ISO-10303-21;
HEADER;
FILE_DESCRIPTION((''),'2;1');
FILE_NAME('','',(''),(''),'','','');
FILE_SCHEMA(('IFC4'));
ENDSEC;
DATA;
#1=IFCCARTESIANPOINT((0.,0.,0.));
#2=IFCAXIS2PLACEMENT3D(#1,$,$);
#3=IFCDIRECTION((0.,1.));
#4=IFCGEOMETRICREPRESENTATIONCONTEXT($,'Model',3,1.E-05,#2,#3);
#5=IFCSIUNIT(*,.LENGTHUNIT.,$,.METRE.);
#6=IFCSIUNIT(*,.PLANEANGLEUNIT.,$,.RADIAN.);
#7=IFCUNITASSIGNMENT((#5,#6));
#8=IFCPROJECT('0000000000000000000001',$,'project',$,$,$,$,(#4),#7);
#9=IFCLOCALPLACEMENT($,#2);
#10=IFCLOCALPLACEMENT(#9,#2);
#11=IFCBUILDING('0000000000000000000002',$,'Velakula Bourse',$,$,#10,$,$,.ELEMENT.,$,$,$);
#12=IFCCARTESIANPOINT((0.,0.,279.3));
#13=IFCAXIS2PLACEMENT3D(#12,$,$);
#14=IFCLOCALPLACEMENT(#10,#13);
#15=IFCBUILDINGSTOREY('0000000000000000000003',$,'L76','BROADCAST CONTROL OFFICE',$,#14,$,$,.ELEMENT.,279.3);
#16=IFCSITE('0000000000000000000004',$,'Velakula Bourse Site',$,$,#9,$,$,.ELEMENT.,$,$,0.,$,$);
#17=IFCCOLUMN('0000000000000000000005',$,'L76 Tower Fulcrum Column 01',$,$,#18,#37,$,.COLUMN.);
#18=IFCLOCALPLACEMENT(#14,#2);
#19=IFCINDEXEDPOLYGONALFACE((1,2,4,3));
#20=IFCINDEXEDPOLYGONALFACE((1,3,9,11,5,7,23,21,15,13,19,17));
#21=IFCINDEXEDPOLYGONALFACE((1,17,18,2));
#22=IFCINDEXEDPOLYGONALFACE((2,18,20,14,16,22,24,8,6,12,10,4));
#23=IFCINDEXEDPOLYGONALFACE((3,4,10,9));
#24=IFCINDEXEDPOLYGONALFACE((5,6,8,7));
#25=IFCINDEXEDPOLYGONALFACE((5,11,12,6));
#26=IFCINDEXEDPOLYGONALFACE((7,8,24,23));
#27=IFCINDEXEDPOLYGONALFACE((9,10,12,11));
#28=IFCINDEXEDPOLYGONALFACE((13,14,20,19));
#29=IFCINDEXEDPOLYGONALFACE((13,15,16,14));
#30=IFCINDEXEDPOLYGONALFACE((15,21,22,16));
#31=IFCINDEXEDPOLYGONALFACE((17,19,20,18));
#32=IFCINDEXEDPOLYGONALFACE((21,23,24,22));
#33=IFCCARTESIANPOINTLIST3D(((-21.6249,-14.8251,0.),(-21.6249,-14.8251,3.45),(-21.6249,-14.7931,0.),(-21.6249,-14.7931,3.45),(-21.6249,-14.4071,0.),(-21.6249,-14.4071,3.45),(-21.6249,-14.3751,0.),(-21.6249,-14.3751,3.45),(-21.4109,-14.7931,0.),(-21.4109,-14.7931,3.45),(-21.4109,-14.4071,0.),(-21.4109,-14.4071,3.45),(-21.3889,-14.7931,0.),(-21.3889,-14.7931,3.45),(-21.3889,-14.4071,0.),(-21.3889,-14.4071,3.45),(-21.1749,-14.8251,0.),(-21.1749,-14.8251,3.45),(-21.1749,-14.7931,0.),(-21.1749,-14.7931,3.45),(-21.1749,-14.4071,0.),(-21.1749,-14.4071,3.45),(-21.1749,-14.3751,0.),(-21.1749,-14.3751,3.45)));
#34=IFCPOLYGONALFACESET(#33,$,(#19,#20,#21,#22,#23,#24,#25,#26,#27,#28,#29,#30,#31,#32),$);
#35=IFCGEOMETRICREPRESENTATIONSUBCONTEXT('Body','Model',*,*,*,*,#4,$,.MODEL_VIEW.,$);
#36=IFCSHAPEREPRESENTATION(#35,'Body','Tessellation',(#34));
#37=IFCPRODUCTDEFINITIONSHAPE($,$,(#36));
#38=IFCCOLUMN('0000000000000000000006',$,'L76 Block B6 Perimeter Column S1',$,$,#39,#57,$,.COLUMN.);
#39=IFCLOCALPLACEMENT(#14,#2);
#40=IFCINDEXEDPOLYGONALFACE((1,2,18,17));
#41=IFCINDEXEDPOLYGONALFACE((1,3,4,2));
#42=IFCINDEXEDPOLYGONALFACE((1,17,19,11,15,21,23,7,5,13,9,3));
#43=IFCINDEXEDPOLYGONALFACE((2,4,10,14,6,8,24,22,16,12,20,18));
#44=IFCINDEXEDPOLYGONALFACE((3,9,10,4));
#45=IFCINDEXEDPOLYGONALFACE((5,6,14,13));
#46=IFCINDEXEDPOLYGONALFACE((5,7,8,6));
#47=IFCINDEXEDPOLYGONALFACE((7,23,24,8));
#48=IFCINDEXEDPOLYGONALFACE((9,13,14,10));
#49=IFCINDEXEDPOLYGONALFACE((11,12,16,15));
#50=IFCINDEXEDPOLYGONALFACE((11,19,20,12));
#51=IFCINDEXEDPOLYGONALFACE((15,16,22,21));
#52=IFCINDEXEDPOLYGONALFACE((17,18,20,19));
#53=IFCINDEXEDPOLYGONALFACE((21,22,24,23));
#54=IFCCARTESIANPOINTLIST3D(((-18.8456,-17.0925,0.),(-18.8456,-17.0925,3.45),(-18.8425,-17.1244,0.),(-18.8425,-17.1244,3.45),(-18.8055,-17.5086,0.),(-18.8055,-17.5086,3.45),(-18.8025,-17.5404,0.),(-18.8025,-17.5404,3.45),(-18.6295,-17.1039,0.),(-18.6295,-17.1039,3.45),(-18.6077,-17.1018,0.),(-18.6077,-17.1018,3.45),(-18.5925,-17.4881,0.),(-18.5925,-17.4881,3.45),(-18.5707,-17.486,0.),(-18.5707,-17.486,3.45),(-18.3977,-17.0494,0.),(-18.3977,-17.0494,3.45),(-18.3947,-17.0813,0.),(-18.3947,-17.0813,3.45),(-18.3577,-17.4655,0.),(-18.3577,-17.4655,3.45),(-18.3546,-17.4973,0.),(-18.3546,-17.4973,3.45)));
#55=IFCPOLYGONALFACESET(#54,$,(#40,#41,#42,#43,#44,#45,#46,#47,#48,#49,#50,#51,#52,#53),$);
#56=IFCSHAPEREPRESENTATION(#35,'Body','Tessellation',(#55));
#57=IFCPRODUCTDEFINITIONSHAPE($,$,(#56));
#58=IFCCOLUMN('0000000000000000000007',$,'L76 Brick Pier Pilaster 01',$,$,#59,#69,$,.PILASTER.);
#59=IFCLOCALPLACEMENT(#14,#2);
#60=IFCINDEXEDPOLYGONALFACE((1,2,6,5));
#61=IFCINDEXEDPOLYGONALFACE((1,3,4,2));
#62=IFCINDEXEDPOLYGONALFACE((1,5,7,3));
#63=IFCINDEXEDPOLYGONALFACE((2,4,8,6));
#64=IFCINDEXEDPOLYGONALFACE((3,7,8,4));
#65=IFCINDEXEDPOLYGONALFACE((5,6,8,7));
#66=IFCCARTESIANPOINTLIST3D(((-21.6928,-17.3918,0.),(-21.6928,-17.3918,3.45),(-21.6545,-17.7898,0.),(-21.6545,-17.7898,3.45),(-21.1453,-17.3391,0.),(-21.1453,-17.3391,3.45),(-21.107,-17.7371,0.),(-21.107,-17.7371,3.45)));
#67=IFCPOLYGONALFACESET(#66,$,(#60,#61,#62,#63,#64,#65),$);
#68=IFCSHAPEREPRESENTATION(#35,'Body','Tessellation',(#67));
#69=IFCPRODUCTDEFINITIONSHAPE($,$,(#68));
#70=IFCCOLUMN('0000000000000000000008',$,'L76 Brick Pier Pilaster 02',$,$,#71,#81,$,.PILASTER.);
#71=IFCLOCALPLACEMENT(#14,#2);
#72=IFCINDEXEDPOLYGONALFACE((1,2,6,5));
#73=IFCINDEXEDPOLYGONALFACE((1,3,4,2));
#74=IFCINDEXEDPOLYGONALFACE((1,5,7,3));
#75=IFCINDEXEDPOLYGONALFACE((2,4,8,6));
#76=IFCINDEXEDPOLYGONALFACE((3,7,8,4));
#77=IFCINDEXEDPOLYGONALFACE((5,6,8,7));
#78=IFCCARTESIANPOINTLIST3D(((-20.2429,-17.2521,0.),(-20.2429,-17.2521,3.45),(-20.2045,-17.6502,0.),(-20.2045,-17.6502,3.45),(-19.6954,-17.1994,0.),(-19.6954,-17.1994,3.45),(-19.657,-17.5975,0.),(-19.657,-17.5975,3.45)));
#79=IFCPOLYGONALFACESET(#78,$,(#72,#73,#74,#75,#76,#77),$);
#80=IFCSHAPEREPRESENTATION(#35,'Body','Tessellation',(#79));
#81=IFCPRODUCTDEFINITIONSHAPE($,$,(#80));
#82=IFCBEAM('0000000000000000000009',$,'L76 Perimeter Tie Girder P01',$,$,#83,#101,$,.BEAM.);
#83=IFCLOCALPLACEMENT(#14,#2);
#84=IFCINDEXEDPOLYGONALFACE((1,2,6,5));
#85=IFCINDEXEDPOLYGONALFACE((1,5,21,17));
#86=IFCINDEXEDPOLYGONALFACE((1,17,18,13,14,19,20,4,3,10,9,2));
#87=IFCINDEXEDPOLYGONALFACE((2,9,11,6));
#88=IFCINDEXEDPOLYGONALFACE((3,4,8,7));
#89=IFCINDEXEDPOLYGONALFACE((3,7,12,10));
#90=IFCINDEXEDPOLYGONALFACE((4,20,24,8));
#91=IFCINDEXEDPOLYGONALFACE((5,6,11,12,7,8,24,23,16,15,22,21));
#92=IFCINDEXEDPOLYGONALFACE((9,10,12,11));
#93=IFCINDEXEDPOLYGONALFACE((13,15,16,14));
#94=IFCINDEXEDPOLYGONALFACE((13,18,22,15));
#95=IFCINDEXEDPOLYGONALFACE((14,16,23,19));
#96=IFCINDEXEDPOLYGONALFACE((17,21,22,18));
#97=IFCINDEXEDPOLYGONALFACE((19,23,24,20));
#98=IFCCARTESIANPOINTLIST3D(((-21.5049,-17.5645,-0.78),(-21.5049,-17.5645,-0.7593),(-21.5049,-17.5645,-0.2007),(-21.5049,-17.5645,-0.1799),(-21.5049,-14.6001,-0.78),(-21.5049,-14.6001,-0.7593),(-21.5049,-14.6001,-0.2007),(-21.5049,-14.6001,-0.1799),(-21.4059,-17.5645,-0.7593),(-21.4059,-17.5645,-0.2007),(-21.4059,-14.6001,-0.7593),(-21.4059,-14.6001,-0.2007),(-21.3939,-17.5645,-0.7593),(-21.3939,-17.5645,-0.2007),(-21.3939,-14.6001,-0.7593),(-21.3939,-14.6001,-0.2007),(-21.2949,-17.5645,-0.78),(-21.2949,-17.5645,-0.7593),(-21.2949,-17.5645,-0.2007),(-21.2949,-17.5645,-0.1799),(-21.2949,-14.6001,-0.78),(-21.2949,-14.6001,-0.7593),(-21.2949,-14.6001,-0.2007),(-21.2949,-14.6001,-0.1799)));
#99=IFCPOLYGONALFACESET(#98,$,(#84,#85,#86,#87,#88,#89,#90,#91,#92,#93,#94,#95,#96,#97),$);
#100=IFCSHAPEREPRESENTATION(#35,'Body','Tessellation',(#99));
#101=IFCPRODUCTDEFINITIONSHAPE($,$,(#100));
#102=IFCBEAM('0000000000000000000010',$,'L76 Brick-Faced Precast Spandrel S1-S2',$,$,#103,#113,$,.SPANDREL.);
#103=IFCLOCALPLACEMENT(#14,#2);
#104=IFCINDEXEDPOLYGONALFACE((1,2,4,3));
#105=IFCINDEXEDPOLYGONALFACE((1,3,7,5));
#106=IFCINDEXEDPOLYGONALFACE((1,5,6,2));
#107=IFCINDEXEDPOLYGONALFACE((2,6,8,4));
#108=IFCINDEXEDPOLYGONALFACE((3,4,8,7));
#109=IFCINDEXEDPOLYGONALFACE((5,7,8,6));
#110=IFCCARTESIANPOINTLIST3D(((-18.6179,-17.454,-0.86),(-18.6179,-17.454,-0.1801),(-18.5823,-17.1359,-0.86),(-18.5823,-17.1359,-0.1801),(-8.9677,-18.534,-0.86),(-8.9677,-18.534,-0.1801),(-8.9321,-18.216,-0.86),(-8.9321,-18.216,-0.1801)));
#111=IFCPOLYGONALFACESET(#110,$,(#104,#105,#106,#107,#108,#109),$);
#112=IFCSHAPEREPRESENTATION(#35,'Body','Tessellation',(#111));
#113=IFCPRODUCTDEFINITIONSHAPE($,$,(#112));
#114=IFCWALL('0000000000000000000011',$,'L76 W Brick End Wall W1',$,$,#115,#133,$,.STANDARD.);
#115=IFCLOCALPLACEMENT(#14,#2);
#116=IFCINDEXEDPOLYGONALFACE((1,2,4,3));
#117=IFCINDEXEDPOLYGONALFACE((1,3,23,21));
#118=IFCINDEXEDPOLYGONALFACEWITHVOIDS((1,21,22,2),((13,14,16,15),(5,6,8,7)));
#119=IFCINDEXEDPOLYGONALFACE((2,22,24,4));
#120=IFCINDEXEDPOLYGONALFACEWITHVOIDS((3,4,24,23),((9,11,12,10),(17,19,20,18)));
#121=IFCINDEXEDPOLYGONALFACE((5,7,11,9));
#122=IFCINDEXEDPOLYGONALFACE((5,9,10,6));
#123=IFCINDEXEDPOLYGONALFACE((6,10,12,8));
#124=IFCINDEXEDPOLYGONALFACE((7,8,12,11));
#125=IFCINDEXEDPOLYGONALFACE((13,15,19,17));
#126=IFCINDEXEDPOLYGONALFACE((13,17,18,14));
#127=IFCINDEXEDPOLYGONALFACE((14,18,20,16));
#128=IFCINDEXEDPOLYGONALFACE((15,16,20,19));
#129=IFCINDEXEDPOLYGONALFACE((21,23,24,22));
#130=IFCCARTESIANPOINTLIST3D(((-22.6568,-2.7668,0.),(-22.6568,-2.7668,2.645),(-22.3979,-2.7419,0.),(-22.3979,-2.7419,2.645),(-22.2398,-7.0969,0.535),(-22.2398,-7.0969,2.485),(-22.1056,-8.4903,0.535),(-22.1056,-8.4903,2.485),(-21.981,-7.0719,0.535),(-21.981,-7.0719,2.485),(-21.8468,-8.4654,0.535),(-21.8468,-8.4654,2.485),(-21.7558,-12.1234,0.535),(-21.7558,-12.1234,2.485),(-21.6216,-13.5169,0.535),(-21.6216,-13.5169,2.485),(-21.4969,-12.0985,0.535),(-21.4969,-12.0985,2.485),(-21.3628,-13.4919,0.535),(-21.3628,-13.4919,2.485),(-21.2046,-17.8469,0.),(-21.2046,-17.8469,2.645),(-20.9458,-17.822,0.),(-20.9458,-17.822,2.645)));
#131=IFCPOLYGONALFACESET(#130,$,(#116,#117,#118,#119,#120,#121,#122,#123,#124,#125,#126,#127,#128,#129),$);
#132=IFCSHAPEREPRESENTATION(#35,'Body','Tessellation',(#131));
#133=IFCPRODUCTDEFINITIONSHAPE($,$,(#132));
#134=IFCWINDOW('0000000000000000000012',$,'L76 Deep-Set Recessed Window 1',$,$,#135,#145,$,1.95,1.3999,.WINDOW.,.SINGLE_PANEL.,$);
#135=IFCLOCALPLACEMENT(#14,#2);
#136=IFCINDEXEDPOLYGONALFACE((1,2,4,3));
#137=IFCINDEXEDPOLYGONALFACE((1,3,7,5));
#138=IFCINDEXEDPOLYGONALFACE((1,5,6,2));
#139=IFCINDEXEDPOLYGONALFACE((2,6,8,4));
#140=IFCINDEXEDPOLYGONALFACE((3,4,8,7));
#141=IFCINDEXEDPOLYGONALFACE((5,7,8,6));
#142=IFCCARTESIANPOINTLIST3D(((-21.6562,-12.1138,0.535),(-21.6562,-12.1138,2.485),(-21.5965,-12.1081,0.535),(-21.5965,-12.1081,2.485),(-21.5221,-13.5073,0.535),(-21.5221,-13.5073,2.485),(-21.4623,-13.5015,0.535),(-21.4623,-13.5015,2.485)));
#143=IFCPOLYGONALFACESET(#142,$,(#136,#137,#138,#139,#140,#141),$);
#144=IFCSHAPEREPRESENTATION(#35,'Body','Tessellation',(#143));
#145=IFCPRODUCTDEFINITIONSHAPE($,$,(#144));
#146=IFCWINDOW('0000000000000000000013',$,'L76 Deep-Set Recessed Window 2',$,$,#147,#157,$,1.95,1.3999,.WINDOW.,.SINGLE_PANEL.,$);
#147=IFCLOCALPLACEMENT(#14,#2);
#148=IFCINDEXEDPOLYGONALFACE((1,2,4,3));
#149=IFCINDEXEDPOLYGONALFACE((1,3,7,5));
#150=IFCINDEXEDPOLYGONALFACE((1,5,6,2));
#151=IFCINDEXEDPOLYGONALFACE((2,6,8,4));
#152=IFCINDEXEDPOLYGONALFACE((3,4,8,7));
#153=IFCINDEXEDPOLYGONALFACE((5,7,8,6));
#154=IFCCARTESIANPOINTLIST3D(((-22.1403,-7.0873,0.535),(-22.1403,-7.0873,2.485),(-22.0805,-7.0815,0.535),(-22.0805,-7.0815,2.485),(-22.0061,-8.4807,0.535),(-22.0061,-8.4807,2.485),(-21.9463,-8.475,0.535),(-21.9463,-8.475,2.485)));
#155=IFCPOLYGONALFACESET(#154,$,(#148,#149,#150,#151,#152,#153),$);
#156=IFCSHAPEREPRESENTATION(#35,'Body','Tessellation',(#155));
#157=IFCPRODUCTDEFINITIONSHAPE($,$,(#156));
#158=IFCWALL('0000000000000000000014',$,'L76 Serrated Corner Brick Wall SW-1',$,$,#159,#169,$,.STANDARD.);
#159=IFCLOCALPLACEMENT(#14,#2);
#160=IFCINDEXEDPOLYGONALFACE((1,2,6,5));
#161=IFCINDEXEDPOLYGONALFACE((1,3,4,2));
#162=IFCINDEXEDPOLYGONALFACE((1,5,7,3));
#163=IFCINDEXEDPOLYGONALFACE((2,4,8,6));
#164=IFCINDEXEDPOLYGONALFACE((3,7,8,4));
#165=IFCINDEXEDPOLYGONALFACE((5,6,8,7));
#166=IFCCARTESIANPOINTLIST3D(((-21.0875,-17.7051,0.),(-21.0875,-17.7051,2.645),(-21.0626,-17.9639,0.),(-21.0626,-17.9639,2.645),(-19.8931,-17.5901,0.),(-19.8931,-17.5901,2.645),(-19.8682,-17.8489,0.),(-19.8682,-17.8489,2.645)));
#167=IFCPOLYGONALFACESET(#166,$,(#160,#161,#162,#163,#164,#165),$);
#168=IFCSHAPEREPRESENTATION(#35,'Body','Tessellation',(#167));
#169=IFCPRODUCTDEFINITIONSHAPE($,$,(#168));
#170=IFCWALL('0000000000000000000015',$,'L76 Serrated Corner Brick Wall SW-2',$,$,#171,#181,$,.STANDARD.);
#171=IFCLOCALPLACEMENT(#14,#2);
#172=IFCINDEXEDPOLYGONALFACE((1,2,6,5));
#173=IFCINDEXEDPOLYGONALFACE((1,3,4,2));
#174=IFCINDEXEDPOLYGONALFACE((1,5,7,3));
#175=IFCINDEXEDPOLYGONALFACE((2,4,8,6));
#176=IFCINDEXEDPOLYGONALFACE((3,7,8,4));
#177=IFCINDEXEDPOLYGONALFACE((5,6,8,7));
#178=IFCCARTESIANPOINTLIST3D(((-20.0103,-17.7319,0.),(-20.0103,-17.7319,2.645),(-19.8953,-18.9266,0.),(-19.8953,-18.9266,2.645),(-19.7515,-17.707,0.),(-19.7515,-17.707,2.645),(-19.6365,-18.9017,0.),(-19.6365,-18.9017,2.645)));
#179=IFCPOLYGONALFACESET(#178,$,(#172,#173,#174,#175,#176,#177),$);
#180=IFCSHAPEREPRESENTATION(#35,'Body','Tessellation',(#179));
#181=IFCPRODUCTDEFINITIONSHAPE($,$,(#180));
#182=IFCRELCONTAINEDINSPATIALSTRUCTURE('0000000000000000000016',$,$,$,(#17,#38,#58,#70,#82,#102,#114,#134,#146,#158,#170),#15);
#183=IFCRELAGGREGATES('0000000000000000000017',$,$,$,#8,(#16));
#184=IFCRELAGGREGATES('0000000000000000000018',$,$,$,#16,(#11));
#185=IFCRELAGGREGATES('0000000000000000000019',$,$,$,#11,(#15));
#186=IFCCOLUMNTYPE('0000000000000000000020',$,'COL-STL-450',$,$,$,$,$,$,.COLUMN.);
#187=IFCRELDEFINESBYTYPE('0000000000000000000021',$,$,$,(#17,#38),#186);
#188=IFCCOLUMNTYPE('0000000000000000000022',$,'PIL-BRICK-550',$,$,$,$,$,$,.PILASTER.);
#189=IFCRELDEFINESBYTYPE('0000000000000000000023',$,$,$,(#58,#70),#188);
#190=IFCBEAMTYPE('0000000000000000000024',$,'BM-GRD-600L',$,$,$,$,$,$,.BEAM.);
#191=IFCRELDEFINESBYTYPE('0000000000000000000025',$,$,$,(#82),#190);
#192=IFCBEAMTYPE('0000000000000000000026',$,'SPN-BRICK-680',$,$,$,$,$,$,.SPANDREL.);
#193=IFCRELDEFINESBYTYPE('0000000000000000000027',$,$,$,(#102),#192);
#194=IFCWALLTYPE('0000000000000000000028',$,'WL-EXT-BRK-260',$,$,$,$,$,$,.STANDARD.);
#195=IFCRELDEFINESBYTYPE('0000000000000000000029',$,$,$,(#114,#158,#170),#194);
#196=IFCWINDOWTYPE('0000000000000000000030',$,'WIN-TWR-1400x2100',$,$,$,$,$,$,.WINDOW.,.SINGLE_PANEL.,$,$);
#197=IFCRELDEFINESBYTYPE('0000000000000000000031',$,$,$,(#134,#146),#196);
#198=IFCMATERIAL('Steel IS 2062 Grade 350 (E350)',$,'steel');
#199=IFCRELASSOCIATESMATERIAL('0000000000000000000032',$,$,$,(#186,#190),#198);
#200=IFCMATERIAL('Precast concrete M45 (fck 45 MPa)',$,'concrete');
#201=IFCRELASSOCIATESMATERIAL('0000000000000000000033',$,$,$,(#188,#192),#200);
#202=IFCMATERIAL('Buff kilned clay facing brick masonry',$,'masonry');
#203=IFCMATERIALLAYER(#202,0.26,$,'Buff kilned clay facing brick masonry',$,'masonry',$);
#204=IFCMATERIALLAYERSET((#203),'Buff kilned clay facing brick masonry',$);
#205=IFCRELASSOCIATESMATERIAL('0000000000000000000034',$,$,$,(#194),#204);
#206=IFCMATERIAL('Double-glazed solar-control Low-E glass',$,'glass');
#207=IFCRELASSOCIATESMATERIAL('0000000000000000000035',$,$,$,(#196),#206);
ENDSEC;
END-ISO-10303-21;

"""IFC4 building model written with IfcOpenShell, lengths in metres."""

from ifc_helpers import new_model, si_unit, direction, frame, frame_2d, origin, origin_2d, place, context, subcontext, project, spatial, rectangle, i_section, extrude, material, layer, layer_set, material_profile, profile_set, type_object, element, fill, save


model = new_model("IFC4")

# Units and contexts
model_context = context("Model", 3, precision=1e-05, world=origin(), true_north=direction((0.0, 1.0)))
body_context = subcontext(model_context, "Body", "Model", "MODEL_VIEW")
ifc_project = project(units=[si_unit("LENGTHUNIT", "METRE"), si_unit("PLANEANGLEUNIT", "RADIAN")], contexts=[model_context])

# Site, building, storey
site_placement = place(None, origin())
site = spatial("IfcSite", under=ifc_project, at=site_placement, Name="Velakula Bourse Site", CompositionType="ELEMENT", RefElevation=0.0)
building_placement = place(site_placement, origin())
building = spatial("IfcBuilding", under=site, at=building_placement, Name="Velakula Bourse", CompositionType="ELEMENT")
storey_placement = place(building_placement, frame((0.0, 0.0, 279.3)))
storey = spatial("IfcBuildingStorey", under=building, at=storey_placement, Name="L76", Description="BROADCAST CONTROL OFFICE", CompositionType="ELEMENT", Elevation=279.3)

# Columns
ifc_material_1 = material(Name="Steel IS 2062 Grade 350 (E350)", Category="steel")
ifc_material_profile_1 = material_profile(ifc_material_1, i_section(OverallWidth=0.45, OverallDepth=0.45, WebThickness=0.022, FlangeThickness=0.032, at=origin_2d()), Name="Steel IS 2062 Grade 350 (E350)")
ifc_profile_set_1 = profile_set([ifc_material_profile_1], Name="Steel IS 2062 Grade 350 (E350)")
column_type_1 = type_object("IfcColumnType", Name="COL-STL-450", PredefinedType="COLUMN", material=ifc_profile_set_1)
for number, where, z_axis, x_axis, name in (
    (1, (-21.3999, -14.6001, 0.0), (0.0, 0.0, 1.0), (1.0, 0.0, 0.0), "L76 Tower Fulcrum Column 01"),
    (2, (-18.6001, -17.2949, 0.0), (0.0, 0.0, 1.0), (0.995396, 0.095846, 0.0), "L76 Block B6 Perimeter Column S1"),
):
    element("IfcColumn", number, at=place(storey_placement, frame(where, z_axis=z_axis, x_axis=x_axis)), inside=storey, type_object=column_type_1, Name=name, PredefinedType="COLUMN", context=body_context, shape_type="SweptSolid", body=[
        extrude(i_section(OverallWidth=0.45, OverallDepth=0.45, WebThickness=0.022, FlangeThickness=0.032, at=origin_2d()), origin(), (0.0, 0.0, 1.0), 3.45),
    ])
ifc_material_2 = material(Name="Precast concrete M45 (fck 45 MPa)", Category="concrete")
ifc_material_profile_2 = material_profile(ifc_material_2, rectangle(XDim=0.55, YDim=0.3999, at=origin_2d()), Name="Precast concrete M45 (fck 45 MPa)")
ifc_profile_set_2 = profile_set([ifc_material_profile_2], Name="Precast concrete M45 (fck 45 MPa)")
column_type_2 = type_object("IfcColumnType", Name="PIL-BRICK-550", PredefinedType="PILASTER", material=ifc_profile_set_2)
for number, where, z_axis, x_axis, name in (
    (3, (-21.3999, -17.5645, 0.0), (0.0, 0.0, 1.0), (0.995396, 0.095846, 0.0), "L76 Brick Pier Pilaster 01"),
    (4, (-19.95, -17.4248, 0.0), (0.0, 0.0, 1.0), (0.995396, 0.095846, 0.0), "L76 Brick Pier Pilaster 02"),
):
    element("IfcColumn", number, at=place(storey_placement, frame(where, z_axis=z_axis, x_axis=x_axis)), inside=storey, type_object=column_type_2, Name=name, PredefinedType="PILASTER", context=body_context, shape_type="SweptSolid", body=[
        extrude(rectangle(XDim=0.55, YDim=0.3999, at=origin_2d()), origin(), (0.0, 0.0, 1.0), 3.45),
    ])

# Beams
ifc_material_profile_3 = material_profile(ifc_material_1, i_section(OverallWidth=0.21, OverallDepth=0.6001, WebThickness=0.012, FlangeThickness=0.0208, at=origin_2d()), Name="Steel IS 2062 Grade 350 (E350)")
ifc_profile_set_3 = profile_set([ifc_material_profile_3], Name="Steel IS 2062 Grade 350 (E350)")
beam_type_1 = type_object("IfcBeamType", Name="BM-GRD-600L", PredefinedType="BEAM", material=ifc_profile_set_3)
beam_1_placement = place(storey_placement, frame((-21.3999, -14.6001, -0.48), z_axis=(0.0, -1.0, 0.0), x_axis=(1.0, 0.0, 0.0)))
element("IfcBeam", 5, at=beam_1_placement, inside=storey, type_object=beam_type_1, Name="L76 Perimeter Tie Girder P01", PredefinedType="BEAM", context=body_context, shape_type="SweptSolid", body=[
    extrude(i_section(OverallWidth=0.21, OverallDepth=0.6001, WebThickness=0.012, FlangeThickness=0.0208, at=origin_2d()), origin(), (0.0, 0.0, 1.0), 2.9644),
])
ifc_material_profile_4 = material_profile(ifc_material_2, rectangle(XDim=0.3201, YDim=0.6799, at=origin_2d()), Name="Precast concrete M45 (fck 45 MPa)")
ifc_profile_set_4 = profile_set([ifc_material_profile_4], Name="Precast concrete M45 (fck 45 MPa)")
beam_type_2 = type_object("IfcBeamType", Name="SPN-BRICK-680", PredefinedType="SPANDREL", material=ifc_profile_set_4)
beam_2_placement = place(storey_placement, frame((-18.6001, -17.2949, -0.52), z_axis=(0.993795, -0.111229, 0.0), x_axis=(0.111229, 0.993795, 0.0)))
element("IfcBeam", 6, at=beam_2_placement, inside=storey, type_object=beam_type_2, Name="L76 Brick-Faced Precast Spandrel S1-S2", PredefinedType="SPANDREL", context=body_context, shape_type="SweptSolid", body=[
    extrude(rectangle(XDim=0.3201, YDim=0.6799, at=origin_2d()), origin(), (0.0, 0.0, 1.0), 9.7104),
])

# Wall, openings, windows
ifc_material_3 = material(Name="Buff kilned clay facing brick masonry", Category="masonry")
ifc_layer = layer(ifc_material_3, 0.26, Name="Buff kilned clay facing brick masonry", Category="masonry")
ifc_layer_set = layer_set([ifc_layer], Name="Buff kilned clay facing brick masonry")
wall_type = type_object("IfcWallType", Name="WL-EXT-BRK-260", PredefinedType="STANDARD", material=ifc_layer_set)
wall_1_placement = place(storey_placement, frame((-21.0752, -17.8345, 0.0), z_axis=(0.0, 0.0, 1.0), x_axis=(-0.095852, 0.995396, 0.0)))
wall_1 = element("IfcWall", 7, at=wall_1_placement, inside=storey, type_object=wall_type, Name="L76 W Brick End Wall W1", PredefinedType="STANDARD", context=body_context, shape_type="SweptSolid", body=[
    extrude(rectangle(XDim=15.1499, YDim=0.26, at=frame_2d((7.575, 0.0))), origin(), (0.0, 0.0, 1.0), 2.645),
])
opening_1_placement = place(wall_1_placement, frame((4.3501, 0.0, 0.5349)))
opening_1 = element("IfcOpeningElement", 8, at=opening_1_placement, cuts=wall_1, PredefinedType="OPENING", context=body_context, shape_type="SweptSolid", body=[
    extrude(rectangle(XDim=1.3999, YDim=1.95, at=frame_2d((0.7, 0.9751))), frame((0.0, 0.1399, 0.0), z_axis=(0.0, -1.0, 0.0), x_axis=(1.0, 0.0, 0.0)), (0.0, 0.0, 1.0), 0.28),
])
opening_2_placement = place(wall_1_placement, frame((9.3999, 0.0, 0.5349)))
opening_2 = element("IfcOpeningElement", 9, at=opening_2_placement, cuts=wall_1, PredefinedType="OPENING", context=body_context, shape_type="SweptSolid", body=[
    extrude(rectangle(XDim=1.3999, YDim=1.95, at=frame_2d((0.7, 0.9751))), frame((0.0, 0.1399, 0.0), z_axis=(0.0, -1.0, 0.0), x_axis=(1.0, 0.0, 0.0)), (0.0, 0.0, 1.0), 0.28),
])
ifc_material_4 = material(Name="Double-glazed solar-control Low-E glass", Category="glass")
window_type = type_object("IfcWindowType", Name="WIN-TWR-1400x2100", PartitioningType="SINGLE_PANEL", PredefinedType="WINDOW", material=ifc_material_4)
window_1_placement = place(opening_1_placement, origin())
window_1 = element("IfcWindow", 10, at=window_1_placement, inside=storey, type_object=window_type, Name="L76 Deep-Set Recessed Window 1", OverallHeight=1.95, OverallWidth=1.3999, PartitioningType="SINGLE_PANEL", PredefinedType="WINDOW", context=body_context, shape_type="SweptSolid", body=[
    extrude(rectangle(XDim=1.3999, YDim=1.95, at=frame_2d((0.7, 0.9751))), frame((0.0, 0.03, 0.0), z_axis=(0.0, -1.0, 0.0), x_axis=(1.0, 0.0, 0.0)), (0.0, 0.0, 1.0), 0.0601),
])
fill(opening_1, window_1)
window_2_placement = place(opening_2_placement, origin())
window_2 = element("IfcWindow", 11, at=window_2_placement, inside=storey, type_object=window_type, Name="L76 Deep-Set Recessed Window 2", OverallHeight=1.95, OverallWidth=1.3999, PartitioningType="SINGLE_PANEL", PredefinedType="WINDOW", context=body_context, shape_type="SweptSolid", body=[
    extrude(rectangle(XDim=1.3999, YDim=1.95, at=frame_2d((0.7, 0.9751))), frame((0.0, 0.03, 0.0), z_axis=(0.0, -1.0, 0.0), x_axis=(1.0, 0.0, 0.0)), (0.0, 0.0, 1.0), 0.0601),
])
fill(opening_2, window_2)

# Walls
wall_2_placement = place(storey_placement, frame((-21.0752, -17.8345, 0.0), z_axis=(0.0, 0.0, 1.0), x_axis=(0.995397, 0.095836, 0.0)))
element("IfcWall", 12, at=wall_2_placement, inside=storey, type_object=wall_type, Name="L76 Serrated Corner Brick Wall SW-1", PredefinedType="STANDARD", context=body_context, shape_type="SweptSolid", body=[
    extrude(rectangle(XDim=1.2, YDim=0.26, at=frame_2d((0.6001, 0.0))), origin(), (0.0, 0.0, 1.0), 2.645),
])
for number, where, z_axis, x_axis, name in (
    (13, (-19.8809, -17.7195, 0.0), (0.0, 0.0, 1.0), (0.095817, -0.995399, 0.0), "L76 Serrated Corner Brick Wall SW-2"),
):
    element("IfcWall", number, at=place(storey_placement, frame(where, z_axis=z_axis, x_axis=x_axis)), inside=storey, type_object=wall_type, Name=name, PredefinedType="STANDARD", context=body_context, shape_type="SweptSolid", body=[
        extrude(rectangle(XDim=1.2002, YDim=0.26, at=frame_2d((0.6001, 0.0))), origin(), (0.0, 0.0, 1.0), 2.645),
    ])

save(model, "model.ifc")
